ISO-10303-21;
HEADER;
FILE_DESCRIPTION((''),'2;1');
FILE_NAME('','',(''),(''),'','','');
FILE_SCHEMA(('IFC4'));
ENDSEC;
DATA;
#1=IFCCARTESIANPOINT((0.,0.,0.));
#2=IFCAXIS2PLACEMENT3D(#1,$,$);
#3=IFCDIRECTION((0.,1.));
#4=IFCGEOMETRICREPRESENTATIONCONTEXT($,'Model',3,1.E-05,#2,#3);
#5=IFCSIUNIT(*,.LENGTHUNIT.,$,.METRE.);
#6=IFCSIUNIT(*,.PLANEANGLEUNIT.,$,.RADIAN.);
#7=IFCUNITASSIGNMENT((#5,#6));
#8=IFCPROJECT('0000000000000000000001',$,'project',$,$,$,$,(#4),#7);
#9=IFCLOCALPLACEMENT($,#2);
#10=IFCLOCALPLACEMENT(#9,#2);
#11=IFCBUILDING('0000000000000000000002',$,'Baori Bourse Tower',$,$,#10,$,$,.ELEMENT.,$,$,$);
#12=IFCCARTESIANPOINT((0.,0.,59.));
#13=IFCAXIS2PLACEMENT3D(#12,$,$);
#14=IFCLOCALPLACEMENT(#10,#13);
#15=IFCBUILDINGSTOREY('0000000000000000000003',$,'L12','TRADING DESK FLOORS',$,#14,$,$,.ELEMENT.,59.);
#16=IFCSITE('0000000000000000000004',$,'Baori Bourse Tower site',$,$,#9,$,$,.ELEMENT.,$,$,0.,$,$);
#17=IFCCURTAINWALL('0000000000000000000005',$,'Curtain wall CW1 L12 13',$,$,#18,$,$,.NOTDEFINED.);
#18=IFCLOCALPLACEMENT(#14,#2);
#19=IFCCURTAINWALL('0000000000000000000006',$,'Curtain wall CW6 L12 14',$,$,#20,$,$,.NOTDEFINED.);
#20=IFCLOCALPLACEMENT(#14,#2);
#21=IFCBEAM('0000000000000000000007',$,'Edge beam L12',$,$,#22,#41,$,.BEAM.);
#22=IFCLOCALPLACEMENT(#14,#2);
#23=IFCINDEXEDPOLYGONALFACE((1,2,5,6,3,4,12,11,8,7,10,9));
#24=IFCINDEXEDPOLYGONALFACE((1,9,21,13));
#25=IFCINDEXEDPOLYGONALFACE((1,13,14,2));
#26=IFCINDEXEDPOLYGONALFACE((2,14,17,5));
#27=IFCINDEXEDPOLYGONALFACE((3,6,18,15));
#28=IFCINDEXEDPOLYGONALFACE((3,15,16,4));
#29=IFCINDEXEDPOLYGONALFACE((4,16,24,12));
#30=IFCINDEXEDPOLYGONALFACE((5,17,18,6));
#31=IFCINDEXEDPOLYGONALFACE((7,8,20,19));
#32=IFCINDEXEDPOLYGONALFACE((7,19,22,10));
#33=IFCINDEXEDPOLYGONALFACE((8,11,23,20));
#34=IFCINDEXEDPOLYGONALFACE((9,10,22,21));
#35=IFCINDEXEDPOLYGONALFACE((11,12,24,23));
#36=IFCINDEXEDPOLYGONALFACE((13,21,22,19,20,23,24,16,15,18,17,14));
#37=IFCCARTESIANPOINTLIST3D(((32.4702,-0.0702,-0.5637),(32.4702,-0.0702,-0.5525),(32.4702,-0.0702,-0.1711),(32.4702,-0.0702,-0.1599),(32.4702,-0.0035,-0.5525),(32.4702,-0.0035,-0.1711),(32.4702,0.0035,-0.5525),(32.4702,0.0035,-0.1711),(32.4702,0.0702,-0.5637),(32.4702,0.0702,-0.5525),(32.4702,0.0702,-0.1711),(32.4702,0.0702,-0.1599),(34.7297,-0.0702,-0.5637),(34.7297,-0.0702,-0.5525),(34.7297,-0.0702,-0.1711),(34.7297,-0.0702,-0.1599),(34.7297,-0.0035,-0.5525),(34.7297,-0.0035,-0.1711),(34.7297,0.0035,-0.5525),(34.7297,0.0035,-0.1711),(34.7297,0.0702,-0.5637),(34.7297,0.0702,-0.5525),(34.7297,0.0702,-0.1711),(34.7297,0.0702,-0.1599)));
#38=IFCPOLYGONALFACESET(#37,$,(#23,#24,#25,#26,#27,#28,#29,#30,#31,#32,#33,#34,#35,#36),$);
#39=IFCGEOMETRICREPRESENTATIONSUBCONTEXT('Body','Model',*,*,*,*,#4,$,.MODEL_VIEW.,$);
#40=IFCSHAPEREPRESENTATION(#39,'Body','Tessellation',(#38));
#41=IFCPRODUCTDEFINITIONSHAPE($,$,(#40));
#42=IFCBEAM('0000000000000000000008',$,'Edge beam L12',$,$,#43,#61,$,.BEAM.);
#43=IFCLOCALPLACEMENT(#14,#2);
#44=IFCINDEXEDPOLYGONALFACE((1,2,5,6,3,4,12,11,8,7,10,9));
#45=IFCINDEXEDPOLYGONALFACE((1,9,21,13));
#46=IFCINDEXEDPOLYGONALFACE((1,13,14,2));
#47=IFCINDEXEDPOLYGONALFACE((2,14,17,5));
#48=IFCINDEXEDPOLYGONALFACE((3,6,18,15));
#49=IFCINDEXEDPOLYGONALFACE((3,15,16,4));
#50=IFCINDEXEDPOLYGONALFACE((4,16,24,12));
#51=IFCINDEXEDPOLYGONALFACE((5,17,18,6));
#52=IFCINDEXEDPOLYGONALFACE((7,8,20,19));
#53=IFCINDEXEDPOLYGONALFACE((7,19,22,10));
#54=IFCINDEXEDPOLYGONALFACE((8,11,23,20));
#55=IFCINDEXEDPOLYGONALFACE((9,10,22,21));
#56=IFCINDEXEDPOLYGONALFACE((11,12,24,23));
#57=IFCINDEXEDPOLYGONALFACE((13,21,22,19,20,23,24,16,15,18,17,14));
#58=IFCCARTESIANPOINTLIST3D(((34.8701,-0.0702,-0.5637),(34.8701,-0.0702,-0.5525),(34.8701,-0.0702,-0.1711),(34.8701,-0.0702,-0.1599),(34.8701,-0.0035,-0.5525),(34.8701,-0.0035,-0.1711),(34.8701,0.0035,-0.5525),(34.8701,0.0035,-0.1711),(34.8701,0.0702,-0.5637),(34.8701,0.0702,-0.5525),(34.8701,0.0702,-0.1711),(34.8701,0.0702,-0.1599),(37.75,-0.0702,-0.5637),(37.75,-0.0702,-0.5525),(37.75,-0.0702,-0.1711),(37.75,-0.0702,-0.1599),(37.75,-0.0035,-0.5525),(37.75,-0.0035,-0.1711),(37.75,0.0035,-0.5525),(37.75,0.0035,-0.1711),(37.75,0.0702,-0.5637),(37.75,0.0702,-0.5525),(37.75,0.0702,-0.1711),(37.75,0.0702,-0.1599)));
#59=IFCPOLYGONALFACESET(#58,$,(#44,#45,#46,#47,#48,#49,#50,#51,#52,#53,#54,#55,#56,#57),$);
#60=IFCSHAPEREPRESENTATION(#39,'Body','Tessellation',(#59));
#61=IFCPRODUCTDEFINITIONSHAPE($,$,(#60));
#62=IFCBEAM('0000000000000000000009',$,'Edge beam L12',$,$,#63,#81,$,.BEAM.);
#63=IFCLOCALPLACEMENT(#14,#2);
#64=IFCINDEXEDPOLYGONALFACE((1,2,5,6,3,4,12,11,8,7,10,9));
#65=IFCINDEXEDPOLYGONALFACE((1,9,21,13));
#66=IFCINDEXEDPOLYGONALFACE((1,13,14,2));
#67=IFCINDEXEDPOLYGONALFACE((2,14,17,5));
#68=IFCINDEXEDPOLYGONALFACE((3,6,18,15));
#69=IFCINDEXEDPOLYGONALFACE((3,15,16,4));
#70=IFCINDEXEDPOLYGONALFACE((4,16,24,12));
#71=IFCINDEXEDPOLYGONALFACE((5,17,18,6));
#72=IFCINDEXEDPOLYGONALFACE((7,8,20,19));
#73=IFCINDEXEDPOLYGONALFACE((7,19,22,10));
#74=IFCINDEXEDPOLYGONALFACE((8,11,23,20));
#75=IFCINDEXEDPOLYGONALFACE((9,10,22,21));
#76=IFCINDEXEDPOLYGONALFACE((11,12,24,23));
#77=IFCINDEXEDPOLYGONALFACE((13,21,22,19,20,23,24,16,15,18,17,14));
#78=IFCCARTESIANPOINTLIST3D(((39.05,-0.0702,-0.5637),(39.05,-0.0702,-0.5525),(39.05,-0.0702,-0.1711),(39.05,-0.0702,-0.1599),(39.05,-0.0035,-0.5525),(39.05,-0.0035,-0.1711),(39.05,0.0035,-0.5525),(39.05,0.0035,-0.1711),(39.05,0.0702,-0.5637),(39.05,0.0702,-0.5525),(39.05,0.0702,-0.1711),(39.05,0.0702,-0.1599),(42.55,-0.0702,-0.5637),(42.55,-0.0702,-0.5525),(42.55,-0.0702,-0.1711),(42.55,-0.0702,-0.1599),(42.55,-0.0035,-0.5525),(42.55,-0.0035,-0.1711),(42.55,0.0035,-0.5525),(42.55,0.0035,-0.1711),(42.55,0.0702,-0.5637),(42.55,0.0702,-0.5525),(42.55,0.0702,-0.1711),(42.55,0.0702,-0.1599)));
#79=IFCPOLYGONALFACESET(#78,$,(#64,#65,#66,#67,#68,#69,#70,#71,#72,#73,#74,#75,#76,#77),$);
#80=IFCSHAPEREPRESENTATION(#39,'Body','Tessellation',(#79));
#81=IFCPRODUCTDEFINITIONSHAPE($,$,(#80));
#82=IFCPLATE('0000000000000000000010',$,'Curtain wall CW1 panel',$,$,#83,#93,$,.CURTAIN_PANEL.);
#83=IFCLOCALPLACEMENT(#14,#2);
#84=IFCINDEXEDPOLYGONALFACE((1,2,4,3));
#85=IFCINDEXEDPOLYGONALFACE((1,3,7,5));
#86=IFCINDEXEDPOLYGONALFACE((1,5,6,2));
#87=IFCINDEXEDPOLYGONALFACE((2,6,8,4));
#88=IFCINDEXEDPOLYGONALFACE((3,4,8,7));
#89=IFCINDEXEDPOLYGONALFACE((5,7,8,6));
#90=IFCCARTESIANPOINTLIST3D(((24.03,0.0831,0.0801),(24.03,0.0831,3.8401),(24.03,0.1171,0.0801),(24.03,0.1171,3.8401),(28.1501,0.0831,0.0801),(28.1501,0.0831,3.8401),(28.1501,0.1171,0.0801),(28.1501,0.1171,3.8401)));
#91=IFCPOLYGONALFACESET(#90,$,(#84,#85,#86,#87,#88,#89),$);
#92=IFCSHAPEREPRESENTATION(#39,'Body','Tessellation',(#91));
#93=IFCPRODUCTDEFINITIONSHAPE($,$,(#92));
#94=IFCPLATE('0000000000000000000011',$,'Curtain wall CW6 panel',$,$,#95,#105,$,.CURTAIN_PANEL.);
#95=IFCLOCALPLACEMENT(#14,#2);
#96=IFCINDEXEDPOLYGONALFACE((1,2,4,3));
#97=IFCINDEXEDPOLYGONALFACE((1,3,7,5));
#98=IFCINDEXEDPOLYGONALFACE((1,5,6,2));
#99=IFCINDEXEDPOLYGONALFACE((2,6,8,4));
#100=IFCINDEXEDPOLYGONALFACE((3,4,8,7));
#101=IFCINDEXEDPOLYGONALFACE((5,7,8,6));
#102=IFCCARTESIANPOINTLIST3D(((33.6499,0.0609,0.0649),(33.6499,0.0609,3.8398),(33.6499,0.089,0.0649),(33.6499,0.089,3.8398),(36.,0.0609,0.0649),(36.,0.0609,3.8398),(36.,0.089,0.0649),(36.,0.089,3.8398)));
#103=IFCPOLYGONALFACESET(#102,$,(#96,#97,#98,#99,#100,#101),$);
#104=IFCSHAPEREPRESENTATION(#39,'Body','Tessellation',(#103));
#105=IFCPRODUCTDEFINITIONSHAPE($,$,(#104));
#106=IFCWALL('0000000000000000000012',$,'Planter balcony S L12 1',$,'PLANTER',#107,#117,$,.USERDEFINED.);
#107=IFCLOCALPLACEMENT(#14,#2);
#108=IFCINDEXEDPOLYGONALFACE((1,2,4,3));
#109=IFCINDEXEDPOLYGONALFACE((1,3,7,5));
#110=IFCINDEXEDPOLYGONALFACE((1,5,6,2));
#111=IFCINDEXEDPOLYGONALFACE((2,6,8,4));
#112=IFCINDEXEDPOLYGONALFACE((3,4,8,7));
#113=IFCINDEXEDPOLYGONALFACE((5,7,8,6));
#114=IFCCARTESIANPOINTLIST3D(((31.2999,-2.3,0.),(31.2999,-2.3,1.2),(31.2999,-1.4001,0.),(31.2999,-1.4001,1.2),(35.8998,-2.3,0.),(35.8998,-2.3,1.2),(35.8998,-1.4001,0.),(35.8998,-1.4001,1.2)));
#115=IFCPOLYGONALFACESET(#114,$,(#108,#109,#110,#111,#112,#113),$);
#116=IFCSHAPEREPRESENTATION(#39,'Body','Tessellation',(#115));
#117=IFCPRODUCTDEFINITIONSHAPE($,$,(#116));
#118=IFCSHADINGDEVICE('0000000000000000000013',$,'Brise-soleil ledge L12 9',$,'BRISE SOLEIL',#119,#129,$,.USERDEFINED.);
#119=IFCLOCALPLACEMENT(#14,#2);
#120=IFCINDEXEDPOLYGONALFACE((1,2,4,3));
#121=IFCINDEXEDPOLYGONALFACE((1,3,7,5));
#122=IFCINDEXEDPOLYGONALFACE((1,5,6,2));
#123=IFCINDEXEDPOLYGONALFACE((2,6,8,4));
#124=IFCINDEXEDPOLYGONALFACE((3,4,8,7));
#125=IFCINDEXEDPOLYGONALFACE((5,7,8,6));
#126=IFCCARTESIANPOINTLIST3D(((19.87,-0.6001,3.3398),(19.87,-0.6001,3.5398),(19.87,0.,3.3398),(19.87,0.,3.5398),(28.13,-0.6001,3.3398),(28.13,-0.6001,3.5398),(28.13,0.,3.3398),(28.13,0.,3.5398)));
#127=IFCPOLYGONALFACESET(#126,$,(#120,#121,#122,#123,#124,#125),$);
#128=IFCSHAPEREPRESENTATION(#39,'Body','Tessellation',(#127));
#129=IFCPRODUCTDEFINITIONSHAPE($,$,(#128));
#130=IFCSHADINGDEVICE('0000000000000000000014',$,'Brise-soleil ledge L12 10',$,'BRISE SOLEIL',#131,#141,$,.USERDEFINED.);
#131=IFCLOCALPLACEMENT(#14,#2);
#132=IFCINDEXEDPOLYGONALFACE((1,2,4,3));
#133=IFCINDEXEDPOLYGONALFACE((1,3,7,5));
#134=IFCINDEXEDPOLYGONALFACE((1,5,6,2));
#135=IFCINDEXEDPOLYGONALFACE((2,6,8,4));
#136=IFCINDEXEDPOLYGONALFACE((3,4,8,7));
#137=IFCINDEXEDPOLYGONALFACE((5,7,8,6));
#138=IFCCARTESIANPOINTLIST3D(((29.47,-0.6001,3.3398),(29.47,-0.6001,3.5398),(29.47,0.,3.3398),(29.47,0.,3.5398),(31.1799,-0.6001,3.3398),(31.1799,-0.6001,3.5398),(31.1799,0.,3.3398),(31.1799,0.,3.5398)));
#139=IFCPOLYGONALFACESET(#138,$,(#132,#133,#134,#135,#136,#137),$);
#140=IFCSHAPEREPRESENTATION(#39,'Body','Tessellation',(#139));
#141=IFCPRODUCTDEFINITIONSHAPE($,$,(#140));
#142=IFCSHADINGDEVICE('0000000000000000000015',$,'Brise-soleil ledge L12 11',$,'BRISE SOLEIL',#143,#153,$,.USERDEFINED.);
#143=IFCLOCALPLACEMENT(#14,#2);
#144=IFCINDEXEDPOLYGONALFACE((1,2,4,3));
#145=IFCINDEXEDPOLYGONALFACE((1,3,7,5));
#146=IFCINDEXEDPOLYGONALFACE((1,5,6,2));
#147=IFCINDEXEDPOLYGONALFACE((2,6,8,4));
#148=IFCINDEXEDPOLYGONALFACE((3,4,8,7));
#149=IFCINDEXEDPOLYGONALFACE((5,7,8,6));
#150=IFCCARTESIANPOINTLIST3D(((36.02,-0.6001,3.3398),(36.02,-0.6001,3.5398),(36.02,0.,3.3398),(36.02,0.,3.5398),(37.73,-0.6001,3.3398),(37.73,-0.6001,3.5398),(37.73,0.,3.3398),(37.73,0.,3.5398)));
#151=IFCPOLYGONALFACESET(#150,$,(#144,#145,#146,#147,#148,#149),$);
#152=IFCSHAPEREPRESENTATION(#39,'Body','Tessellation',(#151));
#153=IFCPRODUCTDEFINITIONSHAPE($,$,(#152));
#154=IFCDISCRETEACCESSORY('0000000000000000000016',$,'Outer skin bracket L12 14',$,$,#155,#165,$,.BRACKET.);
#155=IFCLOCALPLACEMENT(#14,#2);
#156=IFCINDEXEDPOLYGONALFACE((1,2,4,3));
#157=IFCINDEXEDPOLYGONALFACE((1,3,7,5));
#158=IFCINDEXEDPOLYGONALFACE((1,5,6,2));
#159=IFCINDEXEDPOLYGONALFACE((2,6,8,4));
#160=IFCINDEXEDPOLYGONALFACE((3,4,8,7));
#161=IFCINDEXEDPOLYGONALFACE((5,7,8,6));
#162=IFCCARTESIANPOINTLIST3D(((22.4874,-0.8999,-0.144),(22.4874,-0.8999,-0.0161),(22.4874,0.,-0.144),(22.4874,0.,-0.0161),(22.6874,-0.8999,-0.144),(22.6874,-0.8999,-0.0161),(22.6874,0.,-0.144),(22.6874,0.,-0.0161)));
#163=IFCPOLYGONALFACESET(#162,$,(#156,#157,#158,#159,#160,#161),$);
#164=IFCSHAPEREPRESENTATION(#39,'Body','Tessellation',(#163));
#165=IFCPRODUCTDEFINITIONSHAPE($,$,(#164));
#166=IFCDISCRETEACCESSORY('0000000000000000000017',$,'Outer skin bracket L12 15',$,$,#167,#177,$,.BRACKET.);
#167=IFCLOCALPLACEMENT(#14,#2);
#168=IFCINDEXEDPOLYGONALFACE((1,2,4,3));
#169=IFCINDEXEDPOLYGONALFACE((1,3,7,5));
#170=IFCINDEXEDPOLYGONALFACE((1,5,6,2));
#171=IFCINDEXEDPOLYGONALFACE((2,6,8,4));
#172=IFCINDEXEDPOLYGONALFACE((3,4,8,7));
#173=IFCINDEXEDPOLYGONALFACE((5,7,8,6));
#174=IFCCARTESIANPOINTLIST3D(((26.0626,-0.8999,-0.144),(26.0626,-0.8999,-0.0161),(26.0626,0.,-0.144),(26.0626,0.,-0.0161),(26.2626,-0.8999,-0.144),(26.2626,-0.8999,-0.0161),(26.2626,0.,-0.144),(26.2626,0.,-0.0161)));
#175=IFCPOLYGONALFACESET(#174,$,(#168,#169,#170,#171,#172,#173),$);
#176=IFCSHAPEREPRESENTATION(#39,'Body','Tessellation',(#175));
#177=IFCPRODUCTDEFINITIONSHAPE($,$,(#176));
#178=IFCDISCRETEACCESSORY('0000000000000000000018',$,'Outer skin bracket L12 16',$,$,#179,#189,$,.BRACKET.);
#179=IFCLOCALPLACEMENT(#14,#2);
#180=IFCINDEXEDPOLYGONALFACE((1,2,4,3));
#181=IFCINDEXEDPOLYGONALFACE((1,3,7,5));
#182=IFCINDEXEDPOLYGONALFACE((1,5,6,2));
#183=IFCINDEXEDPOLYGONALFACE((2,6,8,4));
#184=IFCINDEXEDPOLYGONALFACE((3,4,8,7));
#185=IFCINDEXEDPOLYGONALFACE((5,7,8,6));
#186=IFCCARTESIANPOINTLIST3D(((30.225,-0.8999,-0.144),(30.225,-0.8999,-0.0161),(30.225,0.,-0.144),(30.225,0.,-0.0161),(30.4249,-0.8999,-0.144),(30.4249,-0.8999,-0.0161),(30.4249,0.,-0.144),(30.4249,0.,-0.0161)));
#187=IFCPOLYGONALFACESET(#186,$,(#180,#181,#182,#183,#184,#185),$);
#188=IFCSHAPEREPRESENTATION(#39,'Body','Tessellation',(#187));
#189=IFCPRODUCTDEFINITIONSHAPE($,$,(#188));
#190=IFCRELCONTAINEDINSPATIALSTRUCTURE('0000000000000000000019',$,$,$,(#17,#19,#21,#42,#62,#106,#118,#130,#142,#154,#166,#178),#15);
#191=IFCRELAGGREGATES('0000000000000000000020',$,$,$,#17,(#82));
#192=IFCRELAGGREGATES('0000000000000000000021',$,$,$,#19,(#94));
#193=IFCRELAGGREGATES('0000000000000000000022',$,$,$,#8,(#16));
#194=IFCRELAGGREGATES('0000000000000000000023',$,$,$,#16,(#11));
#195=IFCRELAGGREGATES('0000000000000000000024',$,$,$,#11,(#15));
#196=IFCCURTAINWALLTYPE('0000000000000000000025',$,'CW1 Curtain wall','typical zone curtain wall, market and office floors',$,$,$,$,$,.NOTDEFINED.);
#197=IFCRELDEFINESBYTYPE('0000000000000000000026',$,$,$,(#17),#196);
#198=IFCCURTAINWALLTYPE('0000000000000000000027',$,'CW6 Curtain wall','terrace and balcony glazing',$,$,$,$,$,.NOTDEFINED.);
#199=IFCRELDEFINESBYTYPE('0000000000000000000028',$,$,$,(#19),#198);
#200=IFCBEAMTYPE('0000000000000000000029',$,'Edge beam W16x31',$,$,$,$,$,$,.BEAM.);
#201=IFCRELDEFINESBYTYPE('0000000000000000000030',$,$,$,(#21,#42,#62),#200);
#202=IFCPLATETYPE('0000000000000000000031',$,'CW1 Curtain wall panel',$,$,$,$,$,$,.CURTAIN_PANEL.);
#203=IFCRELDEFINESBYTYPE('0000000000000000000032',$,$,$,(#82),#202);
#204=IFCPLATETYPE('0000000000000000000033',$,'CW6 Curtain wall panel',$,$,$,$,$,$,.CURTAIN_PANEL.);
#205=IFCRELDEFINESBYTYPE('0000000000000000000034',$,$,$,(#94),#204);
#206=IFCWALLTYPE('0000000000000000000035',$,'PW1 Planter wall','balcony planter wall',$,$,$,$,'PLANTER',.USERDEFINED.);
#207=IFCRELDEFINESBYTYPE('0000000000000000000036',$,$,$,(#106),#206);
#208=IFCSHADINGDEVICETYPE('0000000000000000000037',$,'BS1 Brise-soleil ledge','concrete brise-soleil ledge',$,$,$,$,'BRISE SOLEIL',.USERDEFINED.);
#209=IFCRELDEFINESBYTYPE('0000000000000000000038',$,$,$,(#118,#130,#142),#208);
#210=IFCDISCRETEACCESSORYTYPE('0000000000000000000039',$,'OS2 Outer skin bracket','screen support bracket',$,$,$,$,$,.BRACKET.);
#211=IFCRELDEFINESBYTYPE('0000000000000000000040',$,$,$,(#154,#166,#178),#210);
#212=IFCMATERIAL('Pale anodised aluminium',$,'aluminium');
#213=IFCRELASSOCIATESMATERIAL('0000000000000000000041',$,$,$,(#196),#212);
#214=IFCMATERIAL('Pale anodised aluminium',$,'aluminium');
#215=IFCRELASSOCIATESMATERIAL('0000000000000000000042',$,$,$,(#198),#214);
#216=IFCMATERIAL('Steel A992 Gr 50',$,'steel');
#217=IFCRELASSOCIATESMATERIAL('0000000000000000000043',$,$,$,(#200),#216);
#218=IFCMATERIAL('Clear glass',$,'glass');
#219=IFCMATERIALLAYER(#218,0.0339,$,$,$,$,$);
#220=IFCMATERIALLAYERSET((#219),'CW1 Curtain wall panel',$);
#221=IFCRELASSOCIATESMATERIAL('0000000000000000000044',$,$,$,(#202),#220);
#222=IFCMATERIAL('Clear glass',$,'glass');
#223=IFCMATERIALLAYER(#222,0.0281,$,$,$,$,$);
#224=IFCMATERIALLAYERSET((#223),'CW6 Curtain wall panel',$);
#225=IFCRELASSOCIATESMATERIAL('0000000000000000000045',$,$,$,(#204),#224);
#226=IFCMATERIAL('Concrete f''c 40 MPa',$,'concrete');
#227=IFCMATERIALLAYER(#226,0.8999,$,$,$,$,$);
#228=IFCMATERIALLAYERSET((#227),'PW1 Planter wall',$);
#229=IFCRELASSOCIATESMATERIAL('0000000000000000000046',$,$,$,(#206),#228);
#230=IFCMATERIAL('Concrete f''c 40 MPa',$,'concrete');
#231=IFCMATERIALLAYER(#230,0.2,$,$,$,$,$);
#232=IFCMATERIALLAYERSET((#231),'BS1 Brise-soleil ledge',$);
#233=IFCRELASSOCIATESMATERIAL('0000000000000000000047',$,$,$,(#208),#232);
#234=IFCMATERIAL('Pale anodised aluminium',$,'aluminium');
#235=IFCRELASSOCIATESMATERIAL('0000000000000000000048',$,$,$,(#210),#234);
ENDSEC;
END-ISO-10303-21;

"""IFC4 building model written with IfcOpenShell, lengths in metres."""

from ifc_helpers import new_model, si_unit, direction, frame, frame_2d, origin, origin_2d, place, context, subcontext, project, spatial, rectangle, i_section, extrude, material, layer, layer_set, material_profile, profile_set, type_object, element, aggregate, save


model = new_model("IFC4")

# Units and contexts
model_context = context("Model", 3, precision=1e-05, world=origin(), true_north=direction((0.0, 1.0)))
body_context = subcontext(model_context, "Body", "Model", "MODEL_VIEW")
ifc_project = project(units=[si_unit("LENGTHUNIT", "METRE"), si_unit("PLANEANGLEUNIT", "RADIAN")], contexts=[model_context])

# Site, building, storey
site_placement = place(None, origin())
site = spatial("IfcSite", under=ifc_project, at=site_placement, Name="Baori Bourse Tower site", CompositionType="ELEMENT", RefElevation=0.0)
building_placement = place(site_placement, origin())
building = spatial("IfcBuilding", under=site, at=building_placement, Name="Baori Bourse Tower", CompositionType="ELEMENT")
storey_placement = place(building_placement, frame((0.0, 0.0, 59.0)))
storey = spatial("IfcBuildingStorey", under=building, at=storey_placement, Name="L12", Description="TRADING DESK FLOORS", CompositionType="ELEMENT", Elevation=59.0)

# Curtain walls
ifc_material_1 = material(Name="Pale anodised aluminium", Category="aluminium")
curtain_wall_type_1 = type_object("IfcCurtainWallType", Name="CW1 Curtain wall", Description="typical zone curtain wall, market and office floors", PredefinedType="NOTDEFINED", material=ifc_material_1)
curtain_wall_1_placement = place(storey_placement, origin())
curtain_wall_1 = element("IfcCurtainWall", 1, at=curtain_wall_1_placement, inside=storey, type_object=curtain_wall_type_1, Name="Curtain wall CW1 L12 13", PredefinedType="NOTDEFINED")
ifc_material_2 = material(Name="Pale anodised aluminium", Category="aluminium")
curtain_wall_type_2 = type_object("IfcCurtainWallType", Name="CW6 Curtain wall", Description="terrace and balcony glazing", PredefinedType="NOTDEFINED", material=ifc_material_2)
curtain_wall_2_placement = place(storey_placement, origin())
curtain_wall_2 = element("IfcCurtainWall", 2, at=curtain_wall_2_placement, inside=storey, type_object=curtain_wall_type_2, Name="Curtain wall CW6 L12 14", PredefinedType="NOTDEFINED")

# Beams
ifc_material_3 = material(Name="Steel A992 Gr 50", Category="steel")
ifc_material_profile_1 = material_profile(ifc_material_3, i_section(OverallWidth=0.1404, OverallDepth=0.4038, WebThickness=0.0071, FlangeThickness=0.0112, at=origin_2d()), Name="W16x31")
ifc_profile_set_1 = profile_set([ifc_material_profile_1], Name="Steel A992 Gr 50")
beam_type_1 = type_object("IfcBeamType", Name="Edge beam W16x31", PredefinedType="BEAM", material=ifc_profile_set_1)
beam_1_placement = place(storey_placement, frame((32.4702, 0.0, -0.3618), z_axis=(1.0, 0.0, 0.0), x_axis=(0.0, 1.0, 0.0)))
element("IfcBeam", 3, at=beam_1_placement, inside=storey, type_object=beam_type_1, Name="Edge beam L12", PredefinedType="BEAM", context=body_context, shape_type="SweptSolid", body=[
    extrude(i_section(OverallWidth=0.1404, OverallDepth=0.4038, WebThickness=0.0071, FlangeThickness=0.0112, at=origin_2d()), origin(), (0.0, 0.0, 1.0), 2.2595),
])
beam_2_placement = place(storey_placement, frame((34.8701, 0.0, -0.3618), z_axis=(1.0, 0.0, 0.0), x_axis=(0.0, 1.0, 0.0)))
element("IfcBeam", 4, at=beam_2_placement, inside=storey, type_object=beam_type_1, Name="Edge beam L12", PredefinedType="BEAM", context=body_context, shape_type="SweptSolid", body=[
    extrude(i_section(OverallWidth=0.1404, OverallDepth=0.4038, WebThickness=0.0071, FlangeThickness=0.0112, at=origin_2d()), origin(), (0.0, 0.0, 1.0), 2.8799),
])
beam_3_placement = place(storey_placement, frame((39.05, 0.0, -0.3618), z_axis=(1.0, 0.0, 0.0), x_axis=(0.0, 1.0, 0.0)))
element("IfcBeam", 5, at=beam_3_placement, inside=storey, type_object=beam_type_1, Name="Edge beam L12", PredefinedType="BEAM", context=body_context, shape_type="SweptSolid", body=[
    extrude(i_section(OverallWidth=0.1404, OverallDepth=0.4038, WebThickness=0.0071, FlangeThickness=0.0112, at=origin_2d()), origin(), (0.0, 0.0, 1.0), 3.5),
])

# Plates
ifc_material_4 = material(Name="Clear glass", Category="glass")
ifc_layer_1 = layer(ifc_material_4, 0.0339)
ifc_layer_set_1 = layer_set([ifc_layer_1], Name="CW1 Curtain wall panel")
plate_type_1 = type_object("IfcPlateType", Name="CW1 Curtain wall panel", PredefinedType="CURTAIN_PANEL", material=ifc_layer_set_1)
plate_1_placement = place(storey_placement, frame((26.0901, 0.1001, 0.0801), z_axis=(0.0, 0.0, 1.0), x_axis=(1.0, 0.0, 0.0)))
plate_1 = element("IfcPlate", 6, at=plate_1_placement, type_object=plate_type_1, Name="Curtain wall CW1 panel", PredefinedType="CURTAIN_PANEL", context=body_context, shape_type="SweptSolid", body=[
    extrude(rectangle(XDim=4.1201, YDim=0.0339, at=origin_2d()), origin(), (0.0, 0.0, 1.0), 3.76),
])
aggregate(curtain_wall_1, [plate_1])
ifc_material_5 = material(Name="Clear glass", Category="glass")
ifc_layer_2 = layer(ifc_material_5, 0.0281)
ifc_layer_set_2 = layer_set([ifc_layer_2], Name="CW6 Curtain wall panel")
plate_type_2 = type_object("IfcPlateType", Name="CW6 Curtain wall panel", PredefinedType="CURTAIN_PANEL", material=ifc_layer_set_2)
plate_2_placement = place(storey_placement, frame((34.825, 0.075, 0.0649), z_axis=(0.0, 0.0, 1.0), x_axis=(1.0, 0.0, 0.0)))
plate_2 = element("IfcPlate", 7, at=plate_2_placement, type_object=plate_type_2, Name="Curtain wall CW6 panel", PredefinedType="CURTAIN_PANEL", context=body_context, shape_type="SweptSolid", body=[
    extrude(rectangle(XDim=2.3501, YDim=0.0281, at=origin_2d()), origin(), (0.0, 0.0, 1.0), 3.7749),
])
aggregate(curtain_wall_2, [plate_2])

# Wall
ifc_material_6 = material(Name="Concrete f'c 40 MPa", Category="concrete")
ifc_layer_3 = layer(ifc_material_6, 0.8999)
ifc_layer_set_3 = layer_set([ifc_layer_3], Name="PW1 Planter wall")
wall_type = type_object("IfcWallType", Name="PW1 Planter wall", Description="balcony planter wall", ElementType="PLANTER", PredefinedType="USERDEFINED", material=ifc_layer_set_3)
wall_placement = place(storey_placement, frame((31.3, -1.8501, 0.0), z_axis=(0.0, 0.0, 1.0), x_axis=(1.0, 0.0, 0.0)))
element("IfcWall", 8, at=wall_placement, inside=storey, type_object=wall_type, Name="Planter balcony S L12 1", ObjectType="PLANTER", PredefinedType="USERDEFINED", context=body_context, shape_type="SweptSolid", body=[
    extrude(rectangle(XDim=4.5999, YDim=0.8999, at=frame_2d((2.2998, 0.0))), origin(), (0.0, 0.0, 1.0), 1.2),
])

# Shading devices
ifc_material_7 = material(Name="Concrete f'c 40 MPa", Category="concrete")
ifc_layer_4 = layer(ifc_material_7, 0.2)
ifc_layer_set_4 = layer_set([ifc_layer_4], Name="BS1 Brise-soleil ledge")
shading_device_type = type_object("IfcShadingDeviceType", Name="BS1 Brise-soleil ledge", Description="concrete brise-soleil ledge", ElementType="BRISE SOLEIL", PredefinedType="USERDEFINED", material=ifc_layer_set_4)
shading_device_placement = place(storey_placement, frame((24.0, -0.3, 3.3398), z_axis=(0.0, 0.0, 1.0), x_axis=(1.0, 0.0, 0.0)))
element("IfcShadingDevice", 9, at=shading_device_placement, inside=storey, type_object=shading_device_type, Name="Brise-soleil ledge L12 9", ObjectType="BRISE SOLEIL", PredefinedType="USERDEFINED", context=body_context, shape_type="SweptSolid", body=[
    extrude(rectangle(XDim=8.26, YDim=0.6001, at=origin_2d()), origin(), (0.0, 0.0, 1.0), 0.2),
])
for number, where, z_axis, x_axis, name in (
    (10, (30.325, -0.3, 3.3398), (0.0, 0.0, 1.0), (1.0, 0.0, 0.0), "Brise-soleil ledge L12 10"),
    (11, (36.875, -0.3, 3.3398), (0.0, 0.0, 1.0), (1.0, 0.0, 0.0), "Brise-soleil ledge L12 11"),
):
    element("IfcShadingDevice", number, at=place(storey_placement, frame(where, z_axis=z_axis, x_axis=x_axis)), inside=storey, type_object=shading_device_type, Name=name, ObjectType="BRISE SOLEIL", PredefinedType="USERDEFINED", context=body_context, shape_type="SweptSolid", body=[
        extrude(rectangle(XDim=1.71, YDim=0.6001, at=origin_2d()), origin(), (0.0, 0.0, 1.0), 0.2),
    ])

# Discrete accessories
ifc_material_8 = material(Name="Pale anodised aluminium", Category="aluminium")
discrete_accessory_type = type_object("IfcDiscreteAccessoryType", Name="OS2 Outer skin bracket", Description="screen support bracket", PredefinedType="BRACKET", material=ifc_material_8)
for number, where, z_axis, x_axis, name in (
    (12, (22.5874, -0.45, -0.144), (0.0, 0.0, 1.0), (1.0, 0.0, 0.0), "Outer skin bracket L12 14"),
    (13, (26.1626, -0.45, -0.144), (0.0, 0.0, 1.0), (1.0, 0.0, 0.0), "Outer skin bracket L12 15"),
    (14, (30.325, -0.45, -0.144), (0.0, 0.0, 1.0), (1.0, 0.0, 0.0), "Outer skin bracket L12 16"),
):
    element("IfcDiscreteAccessory", number, at=place(storey_placement, frame(where, z_axis=z_axis, x_axis=x_axis)), inside=storey, type_object=discrete_accessory_type, Name=name, PredefinedType="BRACKET", context=body_context, shape_type="SweptSolid", body=[
        extrude(rectangle(XDim=0.2, YDim=0.8999, at=origin_2d()), origin(), (0.0, 0.0, 1.0), 0.1279),
    ])

save(model, "model.ifc")
